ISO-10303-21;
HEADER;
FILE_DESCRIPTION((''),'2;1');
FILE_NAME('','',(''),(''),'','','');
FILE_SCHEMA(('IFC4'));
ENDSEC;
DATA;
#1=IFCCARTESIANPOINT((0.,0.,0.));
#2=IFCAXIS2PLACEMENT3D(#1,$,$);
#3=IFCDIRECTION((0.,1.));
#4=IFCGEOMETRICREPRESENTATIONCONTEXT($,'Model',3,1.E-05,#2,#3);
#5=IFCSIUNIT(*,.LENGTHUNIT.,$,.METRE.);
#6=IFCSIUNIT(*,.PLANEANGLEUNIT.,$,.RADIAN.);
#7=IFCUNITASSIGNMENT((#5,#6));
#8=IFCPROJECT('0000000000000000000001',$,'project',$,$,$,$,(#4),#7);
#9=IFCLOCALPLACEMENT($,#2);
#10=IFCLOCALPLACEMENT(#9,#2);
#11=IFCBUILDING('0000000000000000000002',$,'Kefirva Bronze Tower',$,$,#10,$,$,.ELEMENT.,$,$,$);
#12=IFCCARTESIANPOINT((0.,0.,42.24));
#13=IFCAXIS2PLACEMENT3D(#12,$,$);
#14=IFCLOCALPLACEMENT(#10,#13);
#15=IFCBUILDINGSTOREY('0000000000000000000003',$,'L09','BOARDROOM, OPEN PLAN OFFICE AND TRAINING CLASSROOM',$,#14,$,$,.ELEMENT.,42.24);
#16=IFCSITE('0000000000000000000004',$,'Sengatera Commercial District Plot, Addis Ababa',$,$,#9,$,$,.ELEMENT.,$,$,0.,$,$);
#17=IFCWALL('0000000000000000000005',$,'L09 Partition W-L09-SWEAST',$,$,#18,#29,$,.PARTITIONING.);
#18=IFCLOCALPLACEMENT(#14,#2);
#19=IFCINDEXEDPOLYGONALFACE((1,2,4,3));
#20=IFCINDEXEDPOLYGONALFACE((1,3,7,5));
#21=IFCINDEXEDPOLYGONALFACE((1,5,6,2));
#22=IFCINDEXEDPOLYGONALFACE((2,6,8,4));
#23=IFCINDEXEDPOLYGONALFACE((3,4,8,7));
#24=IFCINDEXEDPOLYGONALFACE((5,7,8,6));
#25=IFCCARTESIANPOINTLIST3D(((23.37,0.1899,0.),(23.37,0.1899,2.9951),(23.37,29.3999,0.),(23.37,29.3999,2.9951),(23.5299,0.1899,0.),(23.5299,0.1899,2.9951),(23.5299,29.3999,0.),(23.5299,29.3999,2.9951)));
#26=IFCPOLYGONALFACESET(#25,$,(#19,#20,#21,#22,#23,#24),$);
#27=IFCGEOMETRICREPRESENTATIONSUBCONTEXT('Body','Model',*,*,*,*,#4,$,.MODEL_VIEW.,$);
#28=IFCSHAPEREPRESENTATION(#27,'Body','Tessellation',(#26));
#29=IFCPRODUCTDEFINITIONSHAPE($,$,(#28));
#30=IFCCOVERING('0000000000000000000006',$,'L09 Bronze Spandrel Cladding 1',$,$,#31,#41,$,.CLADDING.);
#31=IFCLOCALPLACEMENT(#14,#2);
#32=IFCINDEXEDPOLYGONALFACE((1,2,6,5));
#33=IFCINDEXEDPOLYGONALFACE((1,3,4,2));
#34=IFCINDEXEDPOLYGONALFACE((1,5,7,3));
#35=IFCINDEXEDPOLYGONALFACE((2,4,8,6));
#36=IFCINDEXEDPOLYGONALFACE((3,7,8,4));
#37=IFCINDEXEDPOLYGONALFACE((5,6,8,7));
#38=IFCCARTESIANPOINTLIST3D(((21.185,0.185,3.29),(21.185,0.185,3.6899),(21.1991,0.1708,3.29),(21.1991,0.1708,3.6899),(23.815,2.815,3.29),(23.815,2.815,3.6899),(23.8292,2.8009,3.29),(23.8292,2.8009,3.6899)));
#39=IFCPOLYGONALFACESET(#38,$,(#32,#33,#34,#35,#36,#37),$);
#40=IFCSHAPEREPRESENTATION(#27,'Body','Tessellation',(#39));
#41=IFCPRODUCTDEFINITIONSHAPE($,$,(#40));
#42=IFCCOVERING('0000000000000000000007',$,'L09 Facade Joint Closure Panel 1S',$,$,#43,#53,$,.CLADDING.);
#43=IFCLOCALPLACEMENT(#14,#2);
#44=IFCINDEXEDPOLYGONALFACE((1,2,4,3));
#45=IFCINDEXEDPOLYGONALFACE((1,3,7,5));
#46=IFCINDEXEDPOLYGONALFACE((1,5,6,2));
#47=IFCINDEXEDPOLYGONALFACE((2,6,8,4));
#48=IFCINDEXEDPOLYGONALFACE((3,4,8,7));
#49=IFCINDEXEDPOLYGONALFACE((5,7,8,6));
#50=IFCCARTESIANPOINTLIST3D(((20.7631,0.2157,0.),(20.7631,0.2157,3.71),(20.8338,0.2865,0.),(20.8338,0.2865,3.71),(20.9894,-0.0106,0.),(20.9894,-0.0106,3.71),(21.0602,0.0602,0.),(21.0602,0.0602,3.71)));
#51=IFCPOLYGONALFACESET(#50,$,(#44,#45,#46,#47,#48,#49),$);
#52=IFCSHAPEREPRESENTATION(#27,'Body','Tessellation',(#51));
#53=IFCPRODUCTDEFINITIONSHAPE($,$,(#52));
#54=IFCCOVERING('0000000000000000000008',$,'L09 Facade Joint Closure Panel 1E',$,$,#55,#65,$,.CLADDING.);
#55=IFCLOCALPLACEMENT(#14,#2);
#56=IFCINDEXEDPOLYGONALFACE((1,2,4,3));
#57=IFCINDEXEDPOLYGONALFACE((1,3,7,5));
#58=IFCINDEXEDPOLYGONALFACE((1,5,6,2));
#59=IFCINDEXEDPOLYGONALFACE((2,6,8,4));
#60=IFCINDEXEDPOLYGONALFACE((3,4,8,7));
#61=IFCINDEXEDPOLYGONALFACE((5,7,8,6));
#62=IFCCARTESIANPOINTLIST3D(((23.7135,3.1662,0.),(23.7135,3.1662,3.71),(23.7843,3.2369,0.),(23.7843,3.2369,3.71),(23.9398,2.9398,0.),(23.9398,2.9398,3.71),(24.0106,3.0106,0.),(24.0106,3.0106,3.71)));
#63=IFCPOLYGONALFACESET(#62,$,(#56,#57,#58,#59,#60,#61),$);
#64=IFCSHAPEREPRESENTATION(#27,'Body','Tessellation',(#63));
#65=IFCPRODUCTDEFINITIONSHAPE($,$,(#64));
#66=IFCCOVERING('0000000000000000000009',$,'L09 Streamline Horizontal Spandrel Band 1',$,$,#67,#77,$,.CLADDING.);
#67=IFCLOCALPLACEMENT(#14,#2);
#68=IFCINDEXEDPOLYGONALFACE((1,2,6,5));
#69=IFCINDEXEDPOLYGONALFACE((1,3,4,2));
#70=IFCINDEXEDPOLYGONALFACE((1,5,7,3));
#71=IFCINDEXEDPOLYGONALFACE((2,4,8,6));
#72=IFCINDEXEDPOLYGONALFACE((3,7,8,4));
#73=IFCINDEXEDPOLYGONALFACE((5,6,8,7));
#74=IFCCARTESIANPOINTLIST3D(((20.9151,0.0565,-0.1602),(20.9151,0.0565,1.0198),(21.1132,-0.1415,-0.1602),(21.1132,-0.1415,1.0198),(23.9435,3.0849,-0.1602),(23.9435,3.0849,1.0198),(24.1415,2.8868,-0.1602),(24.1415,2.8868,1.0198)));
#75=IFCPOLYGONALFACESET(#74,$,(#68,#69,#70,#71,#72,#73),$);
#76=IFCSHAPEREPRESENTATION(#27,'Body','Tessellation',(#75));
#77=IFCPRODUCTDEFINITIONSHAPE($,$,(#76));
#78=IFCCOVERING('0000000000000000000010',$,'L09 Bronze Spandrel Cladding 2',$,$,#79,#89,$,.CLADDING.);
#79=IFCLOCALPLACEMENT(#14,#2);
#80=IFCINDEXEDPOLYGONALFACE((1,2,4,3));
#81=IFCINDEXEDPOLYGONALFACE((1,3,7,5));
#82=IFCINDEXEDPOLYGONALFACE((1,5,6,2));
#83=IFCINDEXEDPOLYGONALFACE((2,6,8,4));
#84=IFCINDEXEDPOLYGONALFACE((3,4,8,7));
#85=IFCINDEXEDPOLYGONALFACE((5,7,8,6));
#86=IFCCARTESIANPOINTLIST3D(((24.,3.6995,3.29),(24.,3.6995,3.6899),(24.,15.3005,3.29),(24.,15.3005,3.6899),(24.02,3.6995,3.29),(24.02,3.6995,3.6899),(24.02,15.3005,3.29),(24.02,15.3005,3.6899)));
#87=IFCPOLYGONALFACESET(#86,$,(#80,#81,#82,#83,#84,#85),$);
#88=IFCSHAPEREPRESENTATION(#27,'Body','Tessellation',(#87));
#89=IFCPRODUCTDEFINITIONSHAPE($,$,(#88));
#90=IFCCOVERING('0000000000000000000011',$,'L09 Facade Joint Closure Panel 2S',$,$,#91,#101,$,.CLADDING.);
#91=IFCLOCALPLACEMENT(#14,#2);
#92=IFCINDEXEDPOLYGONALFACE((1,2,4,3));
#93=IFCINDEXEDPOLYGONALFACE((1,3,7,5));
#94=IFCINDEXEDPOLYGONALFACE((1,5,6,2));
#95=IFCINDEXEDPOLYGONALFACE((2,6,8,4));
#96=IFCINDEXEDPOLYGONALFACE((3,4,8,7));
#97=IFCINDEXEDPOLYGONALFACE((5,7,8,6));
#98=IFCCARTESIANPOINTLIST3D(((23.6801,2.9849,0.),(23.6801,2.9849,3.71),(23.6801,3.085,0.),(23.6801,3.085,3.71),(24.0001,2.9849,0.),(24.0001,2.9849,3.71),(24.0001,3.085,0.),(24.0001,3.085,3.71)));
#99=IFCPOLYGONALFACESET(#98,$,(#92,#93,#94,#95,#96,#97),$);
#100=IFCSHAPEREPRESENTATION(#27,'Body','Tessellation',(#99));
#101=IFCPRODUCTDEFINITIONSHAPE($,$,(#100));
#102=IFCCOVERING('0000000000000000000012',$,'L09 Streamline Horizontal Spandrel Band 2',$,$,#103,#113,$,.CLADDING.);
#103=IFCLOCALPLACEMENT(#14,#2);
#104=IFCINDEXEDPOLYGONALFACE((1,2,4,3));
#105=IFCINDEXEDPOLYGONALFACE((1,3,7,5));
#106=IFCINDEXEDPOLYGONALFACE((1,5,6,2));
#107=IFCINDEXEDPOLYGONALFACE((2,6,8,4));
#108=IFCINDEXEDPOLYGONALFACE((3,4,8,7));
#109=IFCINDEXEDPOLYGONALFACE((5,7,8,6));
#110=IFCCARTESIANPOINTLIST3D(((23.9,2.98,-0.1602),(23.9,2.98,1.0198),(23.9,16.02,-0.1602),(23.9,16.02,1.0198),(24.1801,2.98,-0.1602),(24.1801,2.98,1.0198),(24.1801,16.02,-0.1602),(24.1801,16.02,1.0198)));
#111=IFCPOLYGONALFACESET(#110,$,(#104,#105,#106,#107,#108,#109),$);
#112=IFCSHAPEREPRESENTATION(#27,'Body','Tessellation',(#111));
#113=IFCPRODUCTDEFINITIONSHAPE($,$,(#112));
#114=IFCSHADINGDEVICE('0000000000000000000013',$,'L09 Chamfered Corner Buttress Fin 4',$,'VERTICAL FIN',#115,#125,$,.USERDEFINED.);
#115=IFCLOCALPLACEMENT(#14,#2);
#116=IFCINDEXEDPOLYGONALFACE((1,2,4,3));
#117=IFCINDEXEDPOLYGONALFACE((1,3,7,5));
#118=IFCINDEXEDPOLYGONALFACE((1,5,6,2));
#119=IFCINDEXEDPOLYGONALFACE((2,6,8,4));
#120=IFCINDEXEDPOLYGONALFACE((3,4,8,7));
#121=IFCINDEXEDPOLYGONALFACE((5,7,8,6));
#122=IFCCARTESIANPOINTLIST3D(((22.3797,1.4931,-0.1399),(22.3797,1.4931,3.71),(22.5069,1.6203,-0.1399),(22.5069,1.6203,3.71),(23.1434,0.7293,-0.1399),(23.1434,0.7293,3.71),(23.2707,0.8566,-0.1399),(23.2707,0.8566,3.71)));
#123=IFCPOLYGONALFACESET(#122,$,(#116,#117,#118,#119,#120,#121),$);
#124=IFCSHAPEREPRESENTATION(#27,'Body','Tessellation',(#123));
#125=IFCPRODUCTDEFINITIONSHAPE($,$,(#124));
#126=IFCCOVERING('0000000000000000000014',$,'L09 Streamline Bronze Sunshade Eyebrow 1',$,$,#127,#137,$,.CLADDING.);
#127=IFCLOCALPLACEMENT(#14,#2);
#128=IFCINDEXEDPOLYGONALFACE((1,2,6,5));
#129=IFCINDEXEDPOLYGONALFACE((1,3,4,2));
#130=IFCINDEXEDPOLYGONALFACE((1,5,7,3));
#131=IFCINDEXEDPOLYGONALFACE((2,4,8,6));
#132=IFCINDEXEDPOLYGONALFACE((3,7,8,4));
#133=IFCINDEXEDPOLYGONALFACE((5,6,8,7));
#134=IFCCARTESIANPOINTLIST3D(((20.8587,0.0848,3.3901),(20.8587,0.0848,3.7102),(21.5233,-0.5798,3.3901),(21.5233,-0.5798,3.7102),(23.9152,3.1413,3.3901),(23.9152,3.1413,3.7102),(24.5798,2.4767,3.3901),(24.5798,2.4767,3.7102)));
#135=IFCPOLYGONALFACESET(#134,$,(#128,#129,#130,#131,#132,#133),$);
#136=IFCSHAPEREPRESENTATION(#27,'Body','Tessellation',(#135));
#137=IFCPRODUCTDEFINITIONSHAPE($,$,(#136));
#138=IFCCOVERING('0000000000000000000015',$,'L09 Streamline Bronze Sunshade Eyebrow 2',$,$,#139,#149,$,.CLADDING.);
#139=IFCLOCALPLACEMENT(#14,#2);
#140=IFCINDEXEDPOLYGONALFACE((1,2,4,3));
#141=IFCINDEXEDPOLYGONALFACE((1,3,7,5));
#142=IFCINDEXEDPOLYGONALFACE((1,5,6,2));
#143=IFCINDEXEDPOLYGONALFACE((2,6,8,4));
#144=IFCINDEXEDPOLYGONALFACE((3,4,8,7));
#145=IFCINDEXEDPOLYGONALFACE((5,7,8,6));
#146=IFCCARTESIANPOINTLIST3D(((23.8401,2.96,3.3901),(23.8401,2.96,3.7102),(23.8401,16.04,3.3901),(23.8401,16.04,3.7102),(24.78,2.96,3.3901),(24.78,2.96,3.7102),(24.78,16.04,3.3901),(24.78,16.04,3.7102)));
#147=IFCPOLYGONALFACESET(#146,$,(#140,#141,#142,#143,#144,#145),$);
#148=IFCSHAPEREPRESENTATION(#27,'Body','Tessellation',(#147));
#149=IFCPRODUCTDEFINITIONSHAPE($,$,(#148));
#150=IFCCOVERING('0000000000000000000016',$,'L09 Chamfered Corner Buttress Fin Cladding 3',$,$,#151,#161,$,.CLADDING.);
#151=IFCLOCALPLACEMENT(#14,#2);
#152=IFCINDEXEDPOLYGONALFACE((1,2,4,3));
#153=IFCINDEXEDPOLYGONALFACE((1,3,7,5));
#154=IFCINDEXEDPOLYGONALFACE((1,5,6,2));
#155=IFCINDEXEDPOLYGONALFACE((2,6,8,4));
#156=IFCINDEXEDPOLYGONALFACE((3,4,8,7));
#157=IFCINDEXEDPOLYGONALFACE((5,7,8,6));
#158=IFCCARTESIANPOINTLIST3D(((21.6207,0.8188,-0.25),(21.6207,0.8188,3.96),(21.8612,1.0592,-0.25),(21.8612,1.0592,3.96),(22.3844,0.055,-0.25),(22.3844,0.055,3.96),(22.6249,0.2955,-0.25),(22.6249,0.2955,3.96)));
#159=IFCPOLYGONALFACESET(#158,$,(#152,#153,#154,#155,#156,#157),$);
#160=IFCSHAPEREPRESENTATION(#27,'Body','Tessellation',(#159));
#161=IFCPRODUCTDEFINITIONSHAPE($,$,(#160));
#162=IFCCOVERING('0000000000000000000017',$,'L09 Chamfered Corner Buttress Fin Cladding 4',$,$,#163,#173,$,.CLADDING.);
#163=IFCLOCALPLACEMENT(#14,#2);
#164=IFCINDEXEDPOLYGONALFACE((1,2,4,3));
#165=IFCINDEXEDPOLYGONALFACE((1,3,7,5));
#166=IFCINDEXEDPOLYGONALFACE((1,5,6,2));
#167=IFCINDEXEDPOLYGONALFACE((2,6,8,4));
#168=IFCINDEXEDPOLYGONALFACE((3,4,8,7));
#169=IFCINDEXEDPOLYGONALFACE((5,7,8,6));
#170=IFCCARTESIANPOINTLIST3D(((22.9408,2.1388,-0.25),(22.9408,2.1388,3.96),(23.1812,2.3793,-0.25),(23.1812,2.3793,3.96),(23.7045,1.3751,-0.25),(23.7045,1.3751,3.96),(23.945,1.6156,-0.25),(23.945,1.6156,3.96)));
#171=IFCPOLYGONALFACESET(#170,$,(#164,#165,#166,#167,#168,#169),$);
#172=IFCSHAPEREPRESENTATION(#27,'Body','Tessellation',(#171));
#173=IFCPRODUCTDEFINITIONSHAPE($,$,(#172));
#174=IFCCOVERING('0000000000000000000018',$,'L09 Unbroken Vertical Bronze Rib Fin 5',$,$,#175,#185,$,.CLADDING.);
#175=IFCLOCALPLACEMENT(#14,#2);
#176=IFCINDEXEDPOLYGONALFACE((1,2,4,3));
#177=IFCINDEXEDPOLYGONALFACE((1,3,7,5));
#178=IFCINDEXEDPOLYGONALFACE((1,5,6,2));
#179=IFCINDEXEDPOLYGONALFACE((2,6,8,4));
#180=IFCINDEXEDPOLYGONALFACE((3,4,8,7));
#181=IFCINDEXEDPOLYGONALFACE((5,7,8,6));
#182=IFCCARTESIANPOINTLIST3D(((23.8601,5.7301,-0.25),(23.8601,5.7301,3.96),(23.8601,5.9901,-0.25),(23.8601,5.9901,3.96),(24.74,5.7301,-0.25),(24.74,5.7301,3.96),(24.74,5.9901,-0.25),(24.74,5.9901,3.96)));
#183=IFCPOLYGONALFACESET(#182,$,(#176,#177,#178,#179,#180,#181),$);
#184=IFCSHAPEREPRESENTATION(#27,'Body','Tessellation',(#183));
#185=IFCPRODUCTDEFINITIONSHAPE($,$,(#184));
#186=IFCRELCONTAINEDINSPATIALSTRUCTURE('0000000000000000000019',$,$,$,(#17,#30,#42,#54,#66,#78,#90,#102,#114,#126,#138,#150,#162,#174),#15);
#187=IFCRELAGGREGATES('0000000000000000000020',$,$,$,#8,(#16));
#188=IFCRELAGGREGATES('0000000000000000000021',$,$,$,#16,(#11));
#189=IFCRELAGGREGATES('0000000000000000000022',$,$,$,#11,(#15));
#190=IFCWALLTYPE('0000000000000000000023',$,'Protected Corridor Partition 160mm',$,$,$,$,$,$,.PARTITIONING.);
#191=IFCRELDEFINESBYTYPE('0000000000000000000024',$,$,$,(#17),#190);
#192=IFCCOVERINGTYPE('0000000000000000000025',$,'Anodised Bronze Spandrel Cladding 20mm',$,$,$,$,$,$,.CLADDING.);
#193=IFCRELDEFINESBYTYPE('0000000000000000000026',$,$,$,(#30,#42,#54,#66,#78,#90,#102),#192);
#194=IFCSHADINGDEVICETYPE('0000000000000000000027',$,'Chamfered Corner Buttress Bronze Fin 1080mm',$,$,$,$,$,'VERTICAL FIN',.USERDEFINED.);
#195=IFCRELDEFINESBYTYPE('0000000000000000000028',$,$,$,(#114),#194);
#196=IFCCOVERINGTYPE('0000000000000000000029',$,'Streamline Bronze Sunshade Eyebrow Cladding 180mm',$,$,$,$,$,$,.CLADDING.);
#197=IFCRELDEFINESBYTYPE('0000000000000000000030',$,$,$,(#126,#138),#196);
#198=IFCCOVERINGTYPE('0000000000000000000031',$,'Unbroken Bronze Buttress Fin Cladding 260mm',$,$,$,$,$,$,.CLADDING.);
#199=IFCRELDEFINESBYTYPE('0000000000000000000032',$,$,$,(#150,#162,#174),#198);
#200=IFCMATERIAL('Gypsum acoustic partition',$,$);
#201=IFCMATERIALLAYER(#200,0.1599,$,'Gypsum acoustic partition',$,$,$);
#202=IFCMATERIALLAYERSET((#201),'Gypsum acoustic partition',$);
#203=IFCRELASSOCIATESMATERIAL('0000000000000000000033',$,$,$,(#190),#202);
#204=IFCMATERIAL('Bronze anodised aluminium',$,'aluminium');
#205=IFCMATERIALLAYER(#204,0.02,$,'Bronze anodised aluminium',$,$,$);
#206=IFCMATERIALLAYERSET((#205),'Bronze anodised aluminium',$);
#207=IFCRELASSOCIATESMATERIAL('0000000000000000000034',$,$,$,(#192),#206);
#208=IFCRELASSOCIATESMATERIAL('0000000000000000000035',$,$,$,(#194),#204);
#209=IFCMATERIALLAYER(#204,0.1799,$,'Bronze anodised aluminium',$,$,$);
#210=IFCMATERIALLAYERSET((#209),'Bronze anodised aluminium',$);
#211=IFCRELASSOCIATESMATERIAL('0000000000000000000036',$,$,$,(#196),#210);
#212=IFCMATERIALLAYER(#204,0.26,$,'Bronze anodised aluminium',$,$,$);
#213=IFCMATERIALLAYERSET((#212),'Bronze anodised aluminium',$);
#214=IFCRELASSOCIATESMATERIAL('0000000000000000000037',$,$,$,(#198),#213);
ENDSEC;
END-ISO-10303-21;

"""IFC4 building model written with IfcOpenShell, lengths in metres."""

from ifc_helpers import new_model, si_unit, direction, frame, frame_2d, origin, origin_2d, place, context, subcontext, project, spatial, rectangle, extrude, material, layer, layer_set, material_profile, profile_set, type_object, element, save


model = new_model("IFC4")

# Units and contexts
model_context = context("Model", 3, precision=1e-05, world=origin(), true_north=direction((0.0, 1.0)))
body_context = subcontext(model_context, "Body", "Model", "MODEL_VIEW")
ifc_project = project(units=[si_unit("LENGTHUNIT", "METRE"), si_unit("PLANEANGLEUNIT", "RADIAN")], contexts=[model_context])

# Site, building, storey
site_placement = place(None, origin())
site = spatial("IfcSite", under=ifc_project, at=site_placement, Name="Sengatera Commercial District Plot, Addis Ababa", CompositionType="ELEMENT", RefElevation=0.0)
building_placement = place(site_placement, origin())
building = spatial("IfcBuilding", under=site, at=building_placement, Name="Kefirva Bronze Tower", CompositionType="ELEMENT")
storey_placement = place(building_placement, frame((0.0, 0.0, 42.24)))
storey = spatial("IfcBuildingStorey", under=building, at=storey_placement, Name="L09", Description="BOARDROOM, OPEN PLAN OFFICE AND TRAINING CLASSROOM", CompositionType="ELEMENT", Elevation=42.24)

# Shared definitions
ifc_material_1 = material(Name="Bronze anodised aluminium", Category="aluminium")

# Wall
ifc_material_2 = material(Name="Gypsum acoustic partition")
ifc_layer_1 = layer(ifc_material_2, 0.1599, Name="Gypsum acoustic partition")
ifc_layer_set_1 = layer_set([ifc_layer_1], Name="Gypsum acoustic partition")
wall_type_1 = type_object("IfcWallType", Name="Protected Corridor Partition 160mm", PredefinedType="PARTITIONING", material=ifc_layer_set_1)
wall_1_placement = place(storey_placement, frame((23.45, 0.1899, 0.0), z_axis=(0.0, 0.0, 1.0), x_axis=(0.0, 1.0, 0.0)))
element("IfcWall", 1, at=wall_1_placement, inside=storey, type_object=wall_type_1, Name="L09 Partition W-L09-SWEAST", PredefinedType="PARTITIONING", context=body_context, shape_type="SweptSolid", body=[
    extrude(rectangle(XDim=29.21, YDim=0.1599, at=frame_2d((14.605, 0.0))), origin(), (0.0, 0.0, 1.0), 2.9951),
])

# Coverings
ifc_layer_2 = layer(ifc_material_1, 0.02, Name="Bronze anodised aluminium")
ifc_layer_set_2 = layer_set([ifc_layer_2], Name="Bronze anodised aluminium")
covering_type_1 = type_object("IfcCoveringType", Name="Anodised Bronze Spandrel Cladding 20mm", PredefinedType="CLADDING", material=ifc_layer_set_2)
covering_1_placement = place(storey_placement, frame((22.5071, 1.4929, 3.29), z_axis=(0.0, 0.0, 1.0), x_axis=(0.707107, 0.707107, 0.0)))
element("IfcCovering", 2, at=covering_1_placement, inside=storey, type_object=covering_type_1, Name="L09 Bronze Spandrel Cladding 1", PredefinedType="CLADDING", context=body_context, shape_type="SweptSolid", body=[
    extrude(rectangle(XDim=3.7195, YDim=0.02, at=origin_2d()), origin(), (0.0, 0.0, 1.0), 0.3999),
])
for number, where, z_axis, x_axis, name in (
    (3, (20.9116, 0.1379, 0.0), (0.0, 0.0, 1.0), (0.707107, 0.707107, 0.0), "L09 Facade Joint Closure Panel 1S"),
    (4, (23.8621, 3.0884, 0.0), (0.0, 0.0, 1.0), (0.707107, 0.707107, 0.0), "L09 Facade Joint Closure Panel 1E"),
):
    element("IfcCovering", number, at=place(storey_placement, frame(where, z_axis=z_axis, x_axis=x_axis)), inside=storey, type_object=covering_type_1, Name=name, PredefinedType="CLADDING", context=body_context, shape_type="SweptSolid", body=[
        extrude(rectangle(XDim=0.1001, YDim=0.3201, at=origin_2d()), origin(), (0.0, 0.0, 1.0), 3.71),
    ])
covering_2_placement = place(storey_placement, frame((22.5283, 1.4717, -0.1602), z_axis=(0.0, 0.0, 1.0), x_axis=(0.707107, 0.707107, 0.0)))
element("IfcCovering", 5, at=covering_2_placement, inside=storey, type_object=covering_type_1, Name="L09 Streamline Horizontal Spandrel Band 1", PredefinedType="CLADDING", context=body_context, shape_type="SweptSolid", body=[
    extrude(rectangle(XDim=4.2827, YDim=0.28, at=origin_2d()), origin(), (0.0, 0.0, 1.0), 1.1799),
])
covering_3_placement = place(storey_placement, frame((24.01, 9.5, 3.29), z_axis=(0.0, 0.0, 1.0), x_axis=(0.0, 1.0, 0.0)))
element("IfcCovering", 6, at=covering_3_placement, inside=storey, type_object=covering_type_1, Name="L09 Bronze Spandrel Cladding 2", PredefinedType="CLADDING", context=body_context, shape_type="SweptSolid", body=[
    extrude(rectangle(XDim=11.6011, YDim=0.02, at=origin_2d()), origin(), (0.0, 0.0, 1.0), 0.3999),
])
covering_4_placement = place(storey_placement, frame((23.8401, 3.0349, 0.0), z_axis=(0.0, 0.0, 1.0), x_axis=(0.0, 1.0, 0.0)))
element("IfcCovering", 7, at=covering_4_placement, inside=storey, type_object=covering_type_1, Name="L09 Facade Joint Closure Panel 2S", PredefinedType="CLADDING", context=body_context, shape_type="SweptSolid", body=[
    extrude(rectangle(XDim=0.1001, YDim=0.3201, at=origin_2d()), origin(), (0.0, 0.0, 1.0), 3.71),
])
covering_5_placement = place(storey_placement, frame((24.04, 9.5, -0.1602), z_axis=(0.0, 0.0, 1.0), x_axis=(0.0, 1.0, 0.0)))
element("IfcCovering", 8, at=covering_5_placement, inside=storey, type_object=covering_type_1, Name="L09 Streamline Horizontal Spandrel Band 2", PredefinedType="CLADDING", context=body_context, shape_type="SweptSolid", body=[
    extrude(rectangle(XDim=13.04, YDim=0.28, at=origin_2d()), origin(), (0.0, 0.0, 1.0), 1.1799),
])

# Shading device
ifc_material_profile_1 = material_profile(ifc_material_1, rectangle(XDim=0.1799, YDim=1.0801, at=origin_2d()), Name="BRONZE BUTTRESS FIN 180x1080")
ifc_profile_set_1 = profile_set([ifc_material_profile_1], Name="Bronze anodised aluminium")
shading_device_type_1 = type_object("IfcShadingDeviceType", Name="Chamfered Corner Buttress Bronze Fin 1080mm", ElementType="VERTICAL FIN", PredefinedType="USERDEFINED", material=ifc_profile_set_1)
shading_device_1_placement = place(storey_placement, frame((22.8252, 1.1748, -0.1399), z_axis=(0.0, 0.0, 1.0), x_axis=(0.707107, 0.707107, 0.0)))
element("IfcShadingDevice", 9, at=shading_device_1_placement, inside=storey, type_object=shading_device_type_1, Name="L09 Chamfered Corner Buttress Fin 4", ObjectType="VERTICAL FIN", PredefinedType="USERDEFINED", context=body_context, shape_type="SweptSolid", body=[
    extrude(rectangle(XDim=0.1799, YDim=1.0801, at=origin_2d()), origin(), (0.0, 0.0, 1.0), 3.8499),
])

# Coverings
ifc_layer_3 = layer(ifc_material_1, 0.1799, Name="Bronze anodised aluminium")
ifc_layer_set_3 = layer_set([ifc_layer_3], Name="Bronze anodised aluminium")
covering_type_2 = type_object("IfcCoveringType", Name="Streamline Bronze Sunshade Eyebrow Cladding 180mm", PredefinedType="CLADDING", material=ifc_layer_set_3)
covering_6_placement = place(storey_placement, frame((22.7192, 1.2808, 3.3901), z_axis=(0.0, 0.0, 1.0), x_axis=(0.707107, 0.707107, 0.0)))
element("IfcCovering", 10, at=covering_6_placement, inside=storey, type_object=covering_type_2, Name="L09 Streamline Bronze Sunshade Eyebrow 1", PredefinedType="CLADDING", context=body_context, shape_type="SweptSolid", body=[
    extrude(rectangle(XDim=4.3225, YDim=0.9399, at=origin_2d()), origin(), (0.0, 0.0, 1.0), 0.3201),
])
covering_7_placement = place(storey_placement, frame((24.3101, 9.5, 3.3901), z_axis=(0.0, 0.0, 1.0), x_axis=(0.0, 1.0, 0.0)))
element("IfcCovering", 11, at=covering_7_placement, inside=storey, type_object=covering_type_2, Name="L09 Streamline Bronze Sunshade Eyebrow 2", PredefinedType="CLADDING", context=body_context, shape_type="SweptSolid", body=[
    extrude(rectangle(XDim=13.0801, YDim=0.9399, at=origin_2d()), origin(), (0.0, 0.0, 1.0), 0.3201),
])
ifc_layer_4 = layer(ifc_material_1, 0.26, Name="Bronze anodised aluminium")
ifc_layer_set_4 = layer_set([ifc_layer_4], Name="Bronze anodised aluminium")
covering_type_3 = type_object("IfcCoveringType", Name="Unbroken Bronze Buttress Fin Cladding 260mm", PredefinedType="CLADDING", material=ifc_layer_set_4)
for number, where, z_axis, x_axis, name in (
    (12, (22.1228, 0.5571, -0.25), (0.0, 0.0, 1.0), (0.707107, 0.707107, 0.0), "L09 Chamfered Corner Buttress Fin Cladding 3"),
    (13, (23.4429, 1.8772, -0.25), (0.0, 0.0, 1.0), (0.707107, 0.707107, 0.0), "L09 Chamfered Corner Buttress Fin Cladding 4"),
):
    element("IfcCovering", number, at=place(storey_placement, frame(where, z_axis=z_axis, x_axis=x_axis)), inside=storey, type_object=covering_type_3, Name=name, PredefinedType="CLADDING", context=body_context, shape_type="SweptSolid", body=[
        extrude(rectangle(XDim=0.3401, YDim=1.0801, at=origin_2d()), origin(), (0.0, 0.0, 1.0), 4.21),
    ])
covering_8_placement = place(storey_placement, frame((24.3, 5.8601, -0.25), z_axis=(0.0, 0.0, 1.0), x_axis=(0.0, 1.0, 0.0)))
element("IfcCovering", 14, at=covering_8_placement, inside=storey, type_object=covering_type_3, Name="L09 Unbroken Vertical Bronze Rib Fin 5", PredefinedType="CLADDING", context=body_context, shape_type="SweptSolid", body=[
    extrude(rectangle(XDim=0.26, YDim=0.8799, at=origin_2d()), origin(), (0.0, 0.0, 1.0), 4.21),
])

save(model, "model.ifc")
